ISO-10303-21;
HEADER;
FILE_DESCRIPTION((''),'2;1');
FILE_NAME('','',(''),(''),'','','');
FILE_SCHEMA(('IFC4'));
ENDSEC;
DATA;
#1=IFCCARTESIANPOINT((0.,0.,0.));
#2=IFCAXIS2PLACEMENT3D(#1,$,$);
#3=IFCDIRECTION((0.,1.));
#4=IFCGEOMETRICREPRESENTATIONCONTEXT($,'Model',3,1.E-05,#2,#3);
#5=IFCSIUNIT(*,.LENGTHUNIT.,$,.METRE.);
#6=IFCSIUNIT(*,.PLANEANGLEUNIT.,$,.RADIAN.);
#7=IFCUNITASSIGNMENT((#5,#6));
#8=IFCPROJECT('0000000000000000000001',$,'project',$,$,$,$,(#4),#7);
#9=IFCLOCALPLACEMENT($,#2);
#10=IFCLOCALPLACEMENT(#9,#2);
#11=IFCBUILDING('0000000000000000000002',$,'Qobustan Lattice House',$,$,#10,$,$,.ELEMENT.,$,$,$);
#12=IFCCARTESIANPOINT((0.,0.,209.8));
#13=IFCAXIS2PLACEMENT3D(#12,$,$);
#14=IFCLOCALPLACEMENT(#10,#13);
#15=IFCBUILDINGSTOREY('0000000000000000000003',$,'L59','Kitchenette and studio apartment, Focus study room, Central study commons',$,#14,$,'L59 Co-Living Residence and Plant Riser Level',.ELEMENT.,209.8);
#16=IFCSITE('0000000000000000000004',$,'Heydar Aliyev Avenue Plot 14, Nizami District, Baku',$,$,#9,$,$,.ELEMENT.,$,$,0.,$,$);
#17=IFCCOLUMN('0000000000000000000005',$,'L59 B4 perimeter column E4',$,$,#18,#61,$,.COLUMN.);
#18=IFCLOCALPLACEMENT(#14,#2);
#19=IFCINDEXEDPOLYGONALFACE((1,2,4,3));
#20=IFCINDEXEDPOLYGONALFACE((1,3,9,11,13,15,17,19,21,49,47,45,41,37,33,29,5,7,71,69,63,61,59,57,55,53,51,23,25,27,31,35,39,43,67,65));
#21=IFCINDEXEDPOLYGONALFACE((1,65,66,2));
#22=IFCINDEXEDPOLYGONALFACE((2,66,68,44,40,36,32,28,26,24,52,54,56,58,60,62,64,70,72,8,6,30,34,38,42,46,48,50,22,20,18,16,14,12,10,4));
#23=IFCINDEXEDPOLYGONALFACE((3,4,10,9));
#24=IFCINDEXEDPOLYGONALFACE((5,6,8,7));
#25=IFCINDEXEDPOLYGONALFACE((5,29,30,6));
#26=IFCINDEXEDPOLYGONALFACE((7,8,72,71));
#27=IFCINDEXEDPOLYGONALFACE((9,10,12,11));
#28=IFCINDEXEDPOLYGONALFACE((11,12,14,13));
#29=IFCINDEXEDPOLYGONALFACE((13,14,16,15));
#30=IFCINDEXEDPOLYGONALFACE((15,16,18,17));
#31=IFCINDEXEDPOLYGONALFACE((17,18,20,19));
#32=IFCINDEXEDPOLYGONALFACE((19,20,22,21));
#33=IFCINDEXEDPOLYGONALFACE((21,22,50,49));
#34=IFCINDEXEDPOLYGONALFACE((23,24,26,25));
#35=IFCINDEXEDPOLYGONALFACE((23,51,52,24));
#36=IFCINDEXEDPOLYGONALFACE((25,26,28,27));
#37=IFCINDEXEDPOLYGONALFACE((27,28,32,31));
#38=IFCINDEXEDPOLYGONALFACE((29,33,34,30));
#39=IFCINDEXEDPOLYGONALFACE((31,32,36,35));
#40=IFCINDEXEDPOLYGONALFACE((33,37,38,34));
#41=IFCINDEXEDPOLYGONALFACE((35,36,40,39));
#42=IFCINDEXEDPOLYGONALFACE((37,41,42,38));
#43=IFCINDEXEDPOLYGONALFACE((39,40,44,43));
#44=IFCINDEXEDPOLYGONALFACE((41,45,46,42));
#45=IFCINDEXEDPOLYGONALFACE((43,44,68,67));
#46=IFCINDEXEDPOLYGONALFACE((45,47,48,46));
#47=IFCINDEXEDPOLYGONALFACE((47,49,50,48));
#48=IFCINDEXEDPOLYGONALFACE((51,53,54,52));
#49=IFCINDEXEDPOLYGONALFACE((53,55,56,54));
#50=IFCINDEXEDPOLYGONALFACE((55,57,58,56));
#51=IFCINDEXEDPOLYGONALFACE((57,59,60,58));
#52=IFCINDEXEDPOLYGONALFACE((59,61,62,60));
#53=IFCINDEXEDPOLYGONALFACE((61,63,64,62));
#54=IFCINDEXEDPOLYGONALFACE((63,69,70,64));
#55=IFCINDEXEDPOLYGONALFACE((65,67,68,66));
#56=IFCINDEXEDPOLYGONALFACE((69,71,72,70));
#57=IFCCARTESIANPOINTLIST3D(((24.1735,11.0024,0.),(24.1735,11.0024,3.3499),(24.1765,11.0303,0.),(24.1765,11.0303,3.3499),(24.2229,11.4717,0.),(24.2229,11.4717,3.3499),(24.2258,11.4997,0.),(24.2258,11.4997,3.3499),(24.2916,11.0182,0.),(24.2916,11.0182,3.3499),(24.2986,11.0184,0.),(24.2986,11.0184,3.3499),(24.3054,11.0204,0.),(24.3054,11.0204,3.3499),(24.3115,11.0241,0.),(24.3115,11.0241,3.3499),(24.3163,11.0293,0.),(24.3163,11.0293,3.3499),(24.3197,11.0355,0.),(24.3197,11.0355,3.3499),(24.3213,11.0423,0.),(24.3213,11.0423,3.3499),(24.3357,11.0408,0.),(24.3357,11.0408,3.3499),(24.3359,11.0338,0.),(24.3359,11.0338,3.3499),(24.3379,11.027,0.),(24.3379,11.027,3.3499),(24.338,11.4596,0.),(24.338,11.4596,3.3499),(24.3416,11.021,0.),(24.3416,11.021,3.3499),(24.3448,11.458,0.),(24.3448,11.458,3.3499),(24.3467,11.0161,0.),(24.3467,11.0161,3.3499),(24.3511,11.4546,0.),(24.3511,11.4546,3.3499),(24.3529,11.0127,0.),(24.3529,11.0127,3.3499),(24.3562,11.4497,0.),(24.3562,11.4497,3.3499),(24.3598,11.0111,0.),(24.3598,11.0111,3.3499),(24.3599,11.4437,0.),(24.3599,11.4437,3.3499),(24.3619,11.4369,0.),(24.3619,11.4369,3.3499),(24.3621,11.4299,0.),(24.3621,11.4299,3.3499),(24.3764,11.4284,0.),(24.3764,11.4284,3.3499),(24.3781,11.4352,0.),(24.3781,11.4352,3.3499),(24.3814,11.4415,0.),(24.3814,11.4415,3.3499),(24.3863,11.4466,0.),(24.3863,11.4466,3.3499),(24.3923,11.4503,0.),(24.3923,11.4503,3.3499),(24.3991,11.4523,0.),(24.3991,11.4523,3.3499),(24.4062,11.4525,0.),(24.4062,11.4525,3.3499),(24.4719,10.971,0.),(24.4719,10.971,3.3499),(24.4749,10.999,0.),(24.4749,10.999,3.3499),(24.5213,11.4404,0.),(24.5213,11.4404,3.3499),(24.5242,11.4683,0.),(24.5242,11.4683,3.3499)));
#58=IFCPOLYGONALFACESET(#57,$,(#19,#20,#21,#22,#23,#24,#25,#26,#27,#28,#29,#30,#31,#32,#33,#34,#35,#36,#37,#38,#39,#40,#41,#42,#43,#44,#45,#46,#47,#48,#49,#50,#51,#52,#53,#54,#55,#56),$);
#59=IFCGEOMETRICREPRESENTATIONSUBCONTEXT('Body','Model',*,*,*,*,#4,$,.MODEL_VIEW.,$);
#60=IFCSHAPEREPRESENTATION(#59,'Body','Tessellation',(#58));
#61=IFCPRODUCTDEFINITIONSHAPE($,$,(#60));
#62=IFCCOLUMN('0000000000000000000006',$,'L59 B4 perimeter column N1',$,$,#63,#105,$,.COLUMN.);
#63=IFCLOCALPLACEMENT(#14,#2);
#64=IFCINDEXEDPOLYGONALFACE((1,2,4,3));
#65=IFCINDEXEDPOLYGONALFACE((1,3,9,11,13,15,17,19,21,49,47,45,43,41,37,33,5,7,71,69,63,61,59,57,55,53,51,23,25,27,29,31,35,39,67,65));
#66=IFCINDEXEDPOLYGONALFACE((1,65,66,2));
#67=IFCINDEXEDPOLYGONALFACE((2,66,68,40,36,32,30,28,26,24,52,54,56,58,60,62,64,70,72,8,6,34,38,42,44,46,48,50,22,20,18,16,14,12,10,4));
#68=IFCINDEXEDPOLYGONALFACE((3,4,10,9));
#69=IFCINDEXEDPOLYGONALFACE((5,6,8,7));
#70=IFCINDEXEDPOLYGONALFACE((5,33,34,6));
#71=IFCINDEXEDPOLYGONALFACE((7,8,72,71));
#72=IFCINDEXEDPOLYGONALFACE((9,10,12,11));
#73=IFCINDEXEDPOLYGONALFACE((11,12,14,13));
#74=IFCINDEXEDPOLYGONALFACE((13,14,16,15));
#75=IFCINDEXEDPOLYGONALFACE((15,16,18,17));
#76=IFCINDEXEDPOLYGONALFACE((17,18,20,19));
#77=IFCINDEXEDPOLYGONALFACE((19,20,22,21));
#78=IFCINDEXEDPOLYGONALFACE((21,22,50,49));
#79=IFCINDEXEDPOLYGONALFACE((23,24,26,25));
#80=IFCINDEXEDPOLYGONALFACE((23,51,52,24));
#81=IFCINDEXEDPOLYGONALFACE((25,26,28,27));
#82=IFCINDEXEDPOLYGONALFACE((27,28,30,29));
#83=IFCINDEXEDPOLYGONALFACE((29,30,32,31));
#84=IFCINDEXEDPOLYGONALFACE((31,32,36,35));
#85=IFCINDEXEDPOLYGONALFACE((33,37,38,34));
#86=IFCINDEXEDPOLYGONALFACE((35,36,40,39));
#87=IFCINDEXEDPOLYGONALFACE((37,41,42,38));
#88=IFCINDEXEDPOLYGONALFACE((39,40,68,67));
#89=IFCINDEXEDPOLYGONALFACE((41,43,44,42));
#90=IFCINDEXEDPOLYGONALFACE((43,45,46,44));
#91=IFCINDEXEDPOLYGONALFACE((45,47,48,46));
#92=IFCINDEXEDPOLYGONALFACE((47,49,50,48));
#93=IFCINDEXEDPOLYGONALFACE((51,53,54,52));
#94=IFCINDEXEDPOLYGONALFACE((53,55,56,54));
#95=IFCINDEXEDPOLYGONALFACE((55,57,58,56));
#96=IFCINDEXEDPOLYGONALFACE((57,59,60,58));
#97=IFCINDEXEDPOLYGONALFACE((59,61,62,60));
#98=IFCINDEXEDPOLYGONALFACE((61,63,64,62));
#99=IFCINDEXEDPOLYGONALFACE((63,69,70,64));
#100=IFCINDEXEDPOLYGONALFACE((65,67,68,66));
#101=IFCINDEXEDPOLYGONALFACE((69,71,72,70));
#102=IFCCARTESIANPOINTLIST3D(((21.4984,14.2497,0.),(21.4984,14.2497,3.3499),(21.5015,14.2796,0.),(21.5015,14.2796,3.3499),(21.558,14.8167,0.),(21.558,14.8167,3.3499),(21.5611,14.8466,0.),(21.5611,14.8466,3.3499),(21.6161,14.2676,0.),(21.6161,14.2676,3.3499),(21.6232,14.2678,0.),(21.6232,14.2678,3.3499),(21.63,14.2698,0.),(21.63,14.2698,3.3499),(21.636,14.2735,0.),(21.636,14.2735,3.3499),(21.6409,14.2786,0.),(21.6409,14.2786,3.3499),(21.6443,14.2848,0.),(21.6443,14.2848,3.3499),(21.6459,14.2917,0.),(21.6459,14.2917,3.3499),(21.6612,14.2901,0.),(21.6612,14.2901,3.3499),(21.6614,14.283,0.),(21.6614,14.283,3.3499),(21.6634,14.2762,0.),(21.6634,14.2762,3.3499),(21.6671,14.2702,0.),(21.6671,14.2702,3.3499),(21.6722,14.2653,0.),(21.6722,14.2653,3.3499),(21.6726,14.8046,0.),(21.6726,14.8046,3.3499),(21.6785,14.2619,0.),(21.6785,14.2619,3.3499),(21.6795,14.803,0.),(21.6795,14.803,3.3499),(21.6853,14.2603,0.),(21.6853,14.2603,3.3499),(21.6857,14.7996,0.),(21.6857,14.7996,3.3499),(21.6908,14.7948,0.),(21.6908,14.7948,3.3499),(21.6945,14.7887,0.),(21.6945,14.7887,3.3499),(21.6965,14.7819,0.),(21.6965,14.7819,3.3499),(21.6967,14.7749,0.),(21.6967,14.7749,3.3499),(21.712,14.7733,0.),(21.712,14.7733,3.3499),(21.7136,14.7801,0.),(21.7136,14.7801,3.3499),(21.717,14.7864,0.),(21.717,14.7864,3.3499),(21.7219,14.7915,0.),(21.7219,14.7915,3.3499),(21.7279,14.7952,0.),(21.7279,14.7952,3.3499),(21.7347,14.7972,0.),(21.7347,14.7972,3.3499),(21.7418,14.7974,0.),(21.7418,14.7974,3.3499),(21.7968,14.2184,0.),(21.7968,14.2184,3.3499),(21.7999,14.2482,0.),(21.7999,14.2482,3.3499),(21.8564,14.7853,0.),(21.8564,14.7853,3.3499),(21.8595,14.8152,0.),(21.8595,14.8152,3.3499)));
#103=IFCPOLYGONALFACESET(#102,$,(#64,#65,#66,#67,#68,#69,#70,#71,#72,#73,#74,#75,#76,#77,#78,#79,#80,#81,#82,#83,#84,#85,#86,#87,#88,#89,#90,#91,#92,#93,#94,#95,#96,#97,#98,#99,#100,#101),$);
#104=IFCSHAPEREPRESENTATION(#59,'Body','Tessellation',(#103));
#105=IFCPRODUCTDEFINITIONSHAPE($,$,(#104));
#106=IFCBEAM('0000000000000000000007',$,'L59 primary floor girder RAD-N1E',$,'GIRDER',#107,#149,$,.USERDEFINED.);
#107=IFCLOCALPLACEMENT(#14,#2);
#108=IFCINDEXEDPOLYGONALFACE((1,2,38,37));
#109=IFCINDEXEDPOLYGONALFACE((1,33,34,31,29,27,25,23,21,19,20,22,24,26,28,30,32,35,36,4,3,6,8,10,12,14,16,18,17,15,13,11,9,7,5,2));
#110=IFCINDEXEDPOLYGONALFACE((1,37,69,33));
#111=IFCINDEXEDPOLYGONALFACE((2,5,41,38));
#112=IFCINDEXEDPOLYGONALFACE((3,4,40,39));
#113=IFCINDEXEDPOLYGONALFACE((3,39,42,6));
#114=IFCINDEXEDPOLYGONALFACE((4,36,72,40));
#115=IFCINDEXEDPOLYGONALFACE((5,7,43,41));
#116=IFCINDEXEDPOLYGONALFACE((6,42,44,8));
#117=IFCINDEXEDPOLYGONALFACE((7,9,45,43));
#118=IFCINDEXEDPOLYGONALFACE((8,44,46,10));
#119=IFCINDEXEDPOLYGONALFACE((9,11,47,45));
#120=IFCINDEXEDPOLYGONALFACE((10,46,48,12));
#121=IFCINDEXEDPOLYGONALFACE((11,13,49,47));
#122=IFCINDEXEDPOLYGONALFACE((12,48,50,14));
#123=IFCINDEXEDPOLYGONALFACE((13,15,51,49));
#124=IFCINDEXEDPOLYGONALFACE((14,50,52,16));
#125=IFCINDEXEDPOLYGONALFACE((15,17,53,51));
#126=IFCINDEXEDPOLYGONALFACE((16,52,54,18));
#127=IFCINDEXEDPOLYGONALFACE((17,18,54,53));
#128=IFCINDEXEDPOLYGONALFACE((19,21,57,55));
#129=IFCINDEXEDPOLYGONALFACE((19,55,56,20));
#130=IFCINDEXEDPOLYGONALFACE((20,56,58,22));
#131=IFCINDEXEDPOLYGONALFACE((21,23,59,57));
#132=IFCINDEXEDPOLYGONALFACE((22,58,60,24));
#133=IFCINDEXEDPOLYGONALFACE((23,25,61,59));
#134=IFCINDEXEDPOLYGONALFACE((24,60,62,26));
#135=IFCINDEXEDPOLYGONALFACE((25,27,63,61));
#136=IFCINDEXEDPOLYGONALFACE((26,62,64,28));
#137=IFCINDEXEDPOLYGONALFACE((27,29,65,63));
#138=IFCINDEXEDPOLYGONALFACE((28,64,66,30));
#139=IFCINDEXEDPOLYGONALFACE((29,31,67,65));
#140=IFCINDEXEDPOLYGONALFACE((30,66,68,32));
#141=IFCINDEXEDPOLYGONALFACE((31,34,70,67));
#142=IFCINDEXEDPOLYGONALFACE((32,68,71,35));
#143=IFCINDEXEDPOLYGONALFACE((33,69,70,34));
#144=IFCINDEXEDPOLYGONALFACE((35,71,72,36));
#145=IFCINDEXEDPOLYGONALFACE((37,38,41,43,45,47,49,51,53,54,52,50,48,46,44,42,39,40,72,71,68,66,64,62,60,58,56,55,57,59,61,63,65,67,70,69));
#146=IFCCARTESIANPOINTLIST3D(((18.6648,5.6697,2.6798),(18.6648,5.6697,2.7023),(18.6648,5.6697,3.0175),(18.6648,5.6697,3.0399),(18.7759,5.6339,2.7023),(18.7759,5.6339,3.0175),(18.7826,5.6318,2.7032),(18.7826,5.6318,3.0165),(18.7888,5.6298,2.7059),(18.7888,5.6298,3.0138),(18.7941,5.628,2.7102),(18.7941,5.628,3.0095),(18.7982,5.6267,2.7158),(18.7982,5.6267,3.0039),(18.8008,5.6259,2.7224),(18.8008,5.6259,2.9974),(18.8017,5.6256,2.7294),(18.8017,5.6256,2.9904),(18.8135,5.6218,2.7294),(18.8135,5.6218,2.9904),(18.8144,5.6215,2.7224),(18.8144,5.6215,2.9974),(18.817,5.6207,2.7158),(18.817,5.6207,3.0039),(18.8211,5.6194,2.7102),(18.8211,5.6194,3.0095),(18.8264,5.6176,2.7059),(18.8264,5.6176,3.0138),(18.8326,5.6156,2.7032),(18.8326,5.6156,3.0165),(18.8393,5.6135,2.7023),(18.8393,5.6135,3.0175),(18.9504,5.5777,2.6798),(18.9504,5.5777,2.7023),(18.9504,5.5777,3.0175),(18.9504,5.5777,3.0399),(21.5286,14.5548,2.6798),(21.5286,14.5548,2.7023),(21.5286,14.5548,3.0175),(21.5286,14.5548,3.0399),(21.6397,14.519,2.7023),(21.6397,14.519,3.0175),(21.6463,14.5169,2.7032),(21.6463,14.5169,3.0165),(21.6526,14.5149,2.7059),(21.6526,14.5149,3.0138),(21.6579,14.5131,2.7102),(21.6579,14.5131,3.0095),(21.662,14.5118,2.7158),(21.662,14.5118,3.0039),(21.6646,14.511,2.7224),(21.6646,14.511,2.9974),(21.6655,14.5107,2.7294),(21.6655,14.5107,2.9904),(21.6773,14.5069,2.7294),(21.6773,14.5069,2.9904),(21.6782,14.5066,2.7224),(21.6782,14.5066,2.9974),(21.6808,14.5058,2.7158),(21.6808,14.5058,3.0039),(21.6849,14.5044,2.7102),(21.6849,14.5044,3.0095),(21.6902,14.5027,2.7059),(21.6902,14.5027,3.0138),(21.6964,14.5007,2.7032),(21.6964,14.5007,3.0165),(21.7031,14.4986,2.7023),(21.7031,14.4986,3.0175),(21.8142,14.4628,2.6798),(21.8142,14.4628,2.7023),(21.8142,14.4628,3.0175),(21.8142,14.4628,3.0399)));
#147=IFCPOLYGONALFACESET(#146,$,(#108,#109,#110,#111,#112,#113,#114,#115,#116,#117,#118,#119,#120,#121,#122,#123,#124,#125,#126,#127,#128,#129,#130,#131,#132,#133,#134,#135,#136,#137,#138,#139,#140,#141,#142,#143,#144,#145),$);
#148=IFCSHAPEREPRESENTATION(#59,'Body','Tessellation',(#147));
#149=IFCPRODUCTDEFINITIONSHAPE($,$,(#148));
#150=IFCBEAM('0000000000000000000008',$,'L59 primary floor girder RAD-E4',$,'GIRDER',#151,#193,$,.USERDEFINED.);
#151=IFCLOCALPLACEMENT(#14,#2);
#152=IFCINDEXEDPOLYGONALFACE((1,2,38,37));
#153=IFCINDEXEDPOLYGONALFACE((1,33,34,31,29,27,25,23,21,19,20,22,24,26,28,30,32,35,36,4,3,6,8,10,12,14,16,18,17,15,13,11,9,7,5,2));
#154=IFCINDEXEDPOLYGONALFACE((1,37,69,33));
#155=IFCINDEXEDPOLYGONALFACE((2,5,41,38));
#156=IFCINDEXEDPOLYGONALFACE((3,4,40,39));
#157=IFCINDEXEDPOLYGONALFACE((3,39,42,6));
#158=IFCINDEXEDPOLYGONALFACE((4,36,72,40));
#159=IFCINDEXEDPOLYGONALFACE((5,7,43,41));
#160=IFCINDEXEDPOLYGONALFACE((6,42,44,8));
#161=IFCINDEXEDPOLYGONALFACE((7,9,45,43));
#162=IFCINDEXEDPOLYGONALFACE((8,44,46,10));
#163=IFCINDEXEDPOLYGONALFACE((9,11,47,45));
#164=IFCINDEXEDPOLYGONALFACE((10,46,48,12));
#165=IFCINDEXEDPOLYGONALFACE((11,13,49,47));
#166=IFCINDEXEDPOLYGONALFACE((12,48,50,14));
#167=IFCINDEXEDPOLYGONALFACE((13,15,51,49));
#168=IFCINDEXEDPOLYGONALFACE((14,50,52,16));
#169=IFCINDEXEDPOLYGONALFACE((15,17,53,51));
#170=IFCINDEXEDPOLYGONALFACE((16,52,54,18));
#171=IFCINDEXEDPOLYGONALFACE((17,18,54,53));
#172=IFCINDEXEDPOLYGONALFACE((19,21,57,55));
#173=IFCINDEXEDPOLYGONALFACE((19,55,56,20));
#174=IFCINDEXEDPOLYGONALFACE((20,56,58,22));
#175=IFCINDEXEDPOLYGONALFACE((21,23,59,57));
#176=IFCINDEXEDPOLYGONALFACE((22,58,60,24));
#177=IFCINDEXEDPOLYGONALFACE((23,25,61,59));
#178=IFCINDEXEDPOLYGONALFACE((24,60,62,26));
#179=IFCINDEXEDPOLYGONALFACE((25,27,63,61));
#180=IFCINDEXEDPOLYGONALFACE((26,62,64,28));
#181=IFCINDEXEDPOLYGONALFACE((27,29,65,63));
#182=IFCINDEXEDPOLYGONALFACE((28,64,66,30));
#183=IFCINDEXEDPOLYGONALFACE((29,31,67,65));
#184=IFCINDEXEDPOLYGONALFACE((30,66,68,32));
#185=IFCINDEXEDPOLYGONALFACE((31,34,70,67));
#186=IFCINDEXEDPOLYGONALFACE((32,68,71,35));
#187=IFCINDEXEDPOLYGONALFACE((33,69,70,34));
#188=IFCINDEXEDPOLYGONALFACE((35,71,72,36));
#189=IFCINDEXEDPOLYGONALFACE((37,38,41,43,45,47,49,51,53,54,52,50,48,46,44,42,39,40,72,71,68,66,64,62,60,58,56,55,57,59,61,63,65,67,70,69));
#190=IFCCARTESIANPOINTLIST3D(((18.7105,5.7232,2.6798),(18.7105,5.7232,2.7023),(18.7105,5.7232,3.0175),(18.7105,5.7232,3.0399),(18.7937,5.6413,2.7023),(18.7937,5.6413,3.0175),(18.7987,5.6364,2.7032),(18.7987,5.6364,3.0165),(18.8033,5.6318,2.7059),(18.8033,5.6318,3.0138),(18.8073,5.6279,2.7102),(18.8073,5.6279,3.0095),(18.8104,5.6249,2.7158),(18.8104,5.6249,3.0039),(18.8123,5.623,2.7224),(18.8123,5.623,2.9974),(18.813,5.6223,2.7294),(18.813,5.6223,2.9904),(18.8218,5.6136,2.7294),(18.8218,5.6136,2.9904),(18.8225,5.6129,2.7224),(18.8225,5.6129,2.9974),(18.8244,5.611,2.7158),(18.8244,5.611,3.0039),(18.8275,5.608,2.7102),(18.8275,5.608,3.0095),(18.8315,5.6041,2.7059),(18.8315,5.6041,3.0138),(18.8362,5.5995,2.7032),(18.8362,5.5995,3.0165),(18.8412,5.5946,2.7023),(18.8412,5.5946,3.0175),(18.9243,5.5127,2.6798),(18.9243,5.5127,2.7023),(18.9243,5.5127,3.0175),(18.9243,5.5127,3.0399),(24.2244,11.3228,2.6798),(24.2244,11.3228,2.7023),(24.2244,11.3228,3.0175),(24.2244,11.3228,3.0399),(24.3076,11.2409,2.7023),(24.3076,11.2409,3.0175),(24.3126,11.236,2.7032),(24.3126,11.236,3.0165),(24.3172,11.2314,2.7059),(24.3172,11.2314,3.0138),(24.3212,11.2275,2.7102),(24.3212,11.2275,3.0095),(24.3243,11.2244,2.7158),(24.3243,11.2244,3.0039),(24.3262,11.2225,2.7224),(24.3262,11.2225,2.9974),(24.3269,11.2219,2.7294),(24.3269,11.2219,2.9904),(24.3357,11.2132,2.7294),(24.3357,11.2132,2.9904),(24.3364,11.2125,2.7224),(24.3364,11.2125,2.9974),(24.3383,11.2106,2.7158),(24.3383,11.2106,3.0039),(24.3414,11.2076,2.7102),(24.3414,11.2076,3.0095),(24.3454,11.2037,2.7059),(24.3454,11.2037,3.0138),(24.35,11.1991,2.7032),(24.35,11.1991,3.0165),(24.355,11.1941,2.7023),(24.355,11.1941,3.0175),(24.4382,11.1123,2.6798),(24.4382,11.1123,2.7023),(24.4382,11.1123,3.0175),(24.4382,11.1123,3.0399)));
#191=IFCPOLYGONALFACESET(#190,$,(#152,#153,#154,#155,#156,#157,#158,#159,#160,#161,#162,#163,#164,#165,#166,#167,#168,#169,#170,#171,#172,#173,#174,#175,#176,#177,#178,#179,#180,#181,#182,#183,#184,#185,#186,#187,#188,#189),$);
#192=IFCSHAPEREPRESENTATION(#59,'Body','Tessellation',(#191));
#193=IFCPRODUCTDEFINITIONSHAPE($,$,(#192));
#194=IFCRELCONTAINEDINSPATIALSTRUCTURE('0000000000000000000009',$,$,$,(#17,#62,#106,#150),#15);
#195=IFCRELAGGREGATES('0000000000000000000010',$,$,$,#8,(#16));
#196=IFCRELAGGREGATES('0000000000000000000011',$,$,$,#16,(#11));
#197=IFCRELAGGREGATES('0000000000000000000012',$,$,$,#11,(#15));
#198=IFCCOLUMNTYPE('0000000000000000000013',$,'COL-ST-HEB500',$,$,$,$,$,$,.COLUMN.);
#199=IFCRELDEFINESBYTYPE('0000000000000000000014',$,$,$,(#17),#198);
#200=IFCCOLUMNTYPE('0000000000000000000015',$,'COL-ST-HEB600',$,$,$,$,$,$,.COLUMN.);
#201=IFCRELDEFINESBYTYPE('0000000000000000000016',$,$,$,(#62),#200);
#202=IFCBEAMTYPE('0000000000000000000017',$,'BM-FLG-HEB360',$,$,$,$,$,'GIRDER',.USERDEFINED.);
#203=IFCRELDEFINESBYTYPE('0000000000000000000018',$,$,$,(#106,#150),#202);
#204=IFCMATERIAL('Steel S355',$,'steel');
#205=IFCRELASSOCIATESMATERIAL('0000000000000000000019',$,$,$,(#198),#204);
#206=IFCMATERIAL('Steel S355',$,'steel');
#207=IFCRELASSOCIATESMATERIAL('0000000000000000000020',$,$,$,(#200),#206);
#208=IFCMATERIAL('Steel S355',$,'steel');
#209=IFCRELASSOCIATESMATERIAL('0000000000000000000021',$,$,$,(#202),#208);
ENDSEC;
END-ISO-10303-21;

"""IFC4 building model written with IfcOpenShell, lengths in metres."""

from ifc_helpers import new_model, si_unit, direction, frame, origin, origin_2d, place, context, subcontext, project, spatial, i_section, extrude, material, material_profile, profile_set, type_object, element, save


model = new_model("IFC4")

# Units and contexts
model_context = context("Model", 3, precision=1e-05, world=origin(), true_north=direction((0.0, 1.0)))
body_context = subcontext(model_context, "Body", "Model", "MODEL_VIEW")
ifc_project = project(units=[si_unit("LENGTHUNIT", "METRE"), si_unit("PLANEANGLEUNIT", "RADIAN")], contexts=[model_context])

# Site, building, storey
site_placement = place(None, origin())
site = spatial("IfcSite", under=ifc_project, at=site_placement, Name="Heydar Aliyev Avenue Plot 14, Nizami District, Baku", CompositionType="ELEMENT", RefElevation=0.0)
building_placement = place(site_placement, origin())
building = spatial("IfcBuilding", under=site, at=building_placement, Name="Qobustan Lattice House", CompositionType="ELEMENT")
storey_placement = place(building_placement, frame((0.0, 0.0, 209.8)))
storey = spatial("IfcBuildingStorey", under=building, at=storey_placement, Name="L59", Description="Kitchenette and studio apartment, Focus study room, Central study commons", LongName="L59 Co-Living Residence and Plant Riser Level", CompositionType="ELEMENT", Elevation=209.8)

# Columns
ifc_material_1 = material(Name="Steel S355", Category="steel")
ifc_material_profile_1 = material_profile(ifc_material_1, i_section(OverallWidth=0.3, OverallDepth=0.5, WebThickness=0.0144, FlangeThickness=0.0281, FilletRadius=0.0271, at=origin_2d()), Name="HEB500")
ifc_profile_set_1 = profile_set([ifc_material_profile_1], Name="Steel S355")
column_type_1 = type_object("IfcColumnType", Name="COL-ST-HEB500", PredefinedType="COLUMN", material=ifc_profile_set_1)
column_1_placement = place(storey_placement, frame((24.3489, 11.2354, 0.0), z_axis=(0.0, 0.0, 1.0), x_axis=(0.994522, -0.104528, 0.0)))
element("IfcColumn", 1, at=column_1_placement, inside=storey, type_object=column_type_1, Name="L59 B4 perimeter column E4", PredefinedType="COLUMN", context=body_context, shape_type="SweptSolid", body=[
    extrude(i_section(OverallWidth=0.3, OverallDepth=0.5, WebThickness=0.0144, FlangeThickness=0.0281, FilletRadius=0.0271, at=origin_2d()), origin(), (0.0, 0.0, 1.0), 3.3499),
])
ifc_material_2 = material(Name="Steel S355", Category="steel")
ifc_material_profile_2 = material_profile(ifc_material_2, i_section(OverallWidth=0.3, OverallDepth=0.6001, WebThickness=0.0154, FlangeThickness=0.03, FilletRadius=0.0271, at=origin_2d()), Name="HEB600")
ifc_profile_set_2 = profile_set([ifc_material_profile_2], Name="Steel S355")
column_type_2 = type_object("IfcColumnType", Name="COL-ST-HEB600", PredefinedType="COLUMN", material=ifc_profile_set_2)
column_2_placement = place(storey_placement, frame((21.679, 14.5325, 0.0), z_axis=(0.0, 0.0, 1.0), x_axis=(0.994522, -0.104528, 0.0)))
element("IfcColumn", 2, at=column_2_placement, inside=storey, type_object=column_type_2, Name="L59 B4 perimeter column N1", PredefinedType="COLUMN", context=body_context, shape_type="SweptSolid", body=[
    extrude(i_section(OverallWidth=0.3, OverallDepth=0.6001, WebThickness=0.0154, FlangeThickness=0.03, FilletRadius=0.0271, at=origin_2d()), origin(), (0.0, 0.0, 1.0), 3.3499),
])

# Beams
ifc_material_3 = material(Name="Steel S355", Category="steel")
ifc_material_profile_3 = material_profile(ifc_material_3, i_section(OverallWidth=0.3, OverallDepth=0.3601, WebThickness=0.0125, FlangeThickness=0.0225, FilletRadius=0.0271, at=origin_2d()), Name="HEB360")
ifc_profile_set_3 = profile_set([ifc_material_profile_3], Name="Steel S355")
beam_type_1 = type_object("IfcBeamType", Name="BM-FLG-HEB360", ElementType="GIRDER", PredefinedType="USERDEFINED", material=ifc_profile_set_3)
beam_1_placement = place(storey_placement, frame((21.6714, 14.5088, 2.8599), z_axis=(-0.306774, -0.951783, 0.0), x_axis=(0.951783, -0.306774, 0.0)))
element("IfcBeam", 3, at=beam_1_placement, inside=storey, type_object=beam_type_1, Name="L59 primary floor girder RAD-N1E", ObjectType="GIRDER", PredefinedType="USERDEFINED", context=body_context, shape_type="SweptSolid", body=[
    extrude(i_section(OverallWidth=0.3, OverallDepth=0.3601, WebThickness=0.0125, FlangeThickness=0.0225, FilletRadius=0.0271, at=origin_2d()), origin(), (0.0, 0.0, 1.0), 9.3352),
])
beam_2_placement = place(storey_placement, frame((24.3313, 11.2175, 2.8599), z_axis=(-0.701634, -0.712538, 0.0), x_axis=(0.712538, -0.701634, 0.0)))
element("IfcBeam", 4, at=beam_2_placement, inside=storey, type_object=beam_type_1, Name="L59 primary floor girder RAD-E4", ObjectType="GIRDER", PredefinedType="USERDEFINED", context=body_context, shape_type="SweptSolid", body=[
    extrude(i_section(OverallWidth=0.3, OverallDepth=0.3601, WebThickness=0.0125, FlangeThickness=0.0225, FilletRadius=0.0271, at=origin_2d()), origin(), (0.0, 0.0, 1.0), 7.8586),
])

save(model, "model.ifc")
